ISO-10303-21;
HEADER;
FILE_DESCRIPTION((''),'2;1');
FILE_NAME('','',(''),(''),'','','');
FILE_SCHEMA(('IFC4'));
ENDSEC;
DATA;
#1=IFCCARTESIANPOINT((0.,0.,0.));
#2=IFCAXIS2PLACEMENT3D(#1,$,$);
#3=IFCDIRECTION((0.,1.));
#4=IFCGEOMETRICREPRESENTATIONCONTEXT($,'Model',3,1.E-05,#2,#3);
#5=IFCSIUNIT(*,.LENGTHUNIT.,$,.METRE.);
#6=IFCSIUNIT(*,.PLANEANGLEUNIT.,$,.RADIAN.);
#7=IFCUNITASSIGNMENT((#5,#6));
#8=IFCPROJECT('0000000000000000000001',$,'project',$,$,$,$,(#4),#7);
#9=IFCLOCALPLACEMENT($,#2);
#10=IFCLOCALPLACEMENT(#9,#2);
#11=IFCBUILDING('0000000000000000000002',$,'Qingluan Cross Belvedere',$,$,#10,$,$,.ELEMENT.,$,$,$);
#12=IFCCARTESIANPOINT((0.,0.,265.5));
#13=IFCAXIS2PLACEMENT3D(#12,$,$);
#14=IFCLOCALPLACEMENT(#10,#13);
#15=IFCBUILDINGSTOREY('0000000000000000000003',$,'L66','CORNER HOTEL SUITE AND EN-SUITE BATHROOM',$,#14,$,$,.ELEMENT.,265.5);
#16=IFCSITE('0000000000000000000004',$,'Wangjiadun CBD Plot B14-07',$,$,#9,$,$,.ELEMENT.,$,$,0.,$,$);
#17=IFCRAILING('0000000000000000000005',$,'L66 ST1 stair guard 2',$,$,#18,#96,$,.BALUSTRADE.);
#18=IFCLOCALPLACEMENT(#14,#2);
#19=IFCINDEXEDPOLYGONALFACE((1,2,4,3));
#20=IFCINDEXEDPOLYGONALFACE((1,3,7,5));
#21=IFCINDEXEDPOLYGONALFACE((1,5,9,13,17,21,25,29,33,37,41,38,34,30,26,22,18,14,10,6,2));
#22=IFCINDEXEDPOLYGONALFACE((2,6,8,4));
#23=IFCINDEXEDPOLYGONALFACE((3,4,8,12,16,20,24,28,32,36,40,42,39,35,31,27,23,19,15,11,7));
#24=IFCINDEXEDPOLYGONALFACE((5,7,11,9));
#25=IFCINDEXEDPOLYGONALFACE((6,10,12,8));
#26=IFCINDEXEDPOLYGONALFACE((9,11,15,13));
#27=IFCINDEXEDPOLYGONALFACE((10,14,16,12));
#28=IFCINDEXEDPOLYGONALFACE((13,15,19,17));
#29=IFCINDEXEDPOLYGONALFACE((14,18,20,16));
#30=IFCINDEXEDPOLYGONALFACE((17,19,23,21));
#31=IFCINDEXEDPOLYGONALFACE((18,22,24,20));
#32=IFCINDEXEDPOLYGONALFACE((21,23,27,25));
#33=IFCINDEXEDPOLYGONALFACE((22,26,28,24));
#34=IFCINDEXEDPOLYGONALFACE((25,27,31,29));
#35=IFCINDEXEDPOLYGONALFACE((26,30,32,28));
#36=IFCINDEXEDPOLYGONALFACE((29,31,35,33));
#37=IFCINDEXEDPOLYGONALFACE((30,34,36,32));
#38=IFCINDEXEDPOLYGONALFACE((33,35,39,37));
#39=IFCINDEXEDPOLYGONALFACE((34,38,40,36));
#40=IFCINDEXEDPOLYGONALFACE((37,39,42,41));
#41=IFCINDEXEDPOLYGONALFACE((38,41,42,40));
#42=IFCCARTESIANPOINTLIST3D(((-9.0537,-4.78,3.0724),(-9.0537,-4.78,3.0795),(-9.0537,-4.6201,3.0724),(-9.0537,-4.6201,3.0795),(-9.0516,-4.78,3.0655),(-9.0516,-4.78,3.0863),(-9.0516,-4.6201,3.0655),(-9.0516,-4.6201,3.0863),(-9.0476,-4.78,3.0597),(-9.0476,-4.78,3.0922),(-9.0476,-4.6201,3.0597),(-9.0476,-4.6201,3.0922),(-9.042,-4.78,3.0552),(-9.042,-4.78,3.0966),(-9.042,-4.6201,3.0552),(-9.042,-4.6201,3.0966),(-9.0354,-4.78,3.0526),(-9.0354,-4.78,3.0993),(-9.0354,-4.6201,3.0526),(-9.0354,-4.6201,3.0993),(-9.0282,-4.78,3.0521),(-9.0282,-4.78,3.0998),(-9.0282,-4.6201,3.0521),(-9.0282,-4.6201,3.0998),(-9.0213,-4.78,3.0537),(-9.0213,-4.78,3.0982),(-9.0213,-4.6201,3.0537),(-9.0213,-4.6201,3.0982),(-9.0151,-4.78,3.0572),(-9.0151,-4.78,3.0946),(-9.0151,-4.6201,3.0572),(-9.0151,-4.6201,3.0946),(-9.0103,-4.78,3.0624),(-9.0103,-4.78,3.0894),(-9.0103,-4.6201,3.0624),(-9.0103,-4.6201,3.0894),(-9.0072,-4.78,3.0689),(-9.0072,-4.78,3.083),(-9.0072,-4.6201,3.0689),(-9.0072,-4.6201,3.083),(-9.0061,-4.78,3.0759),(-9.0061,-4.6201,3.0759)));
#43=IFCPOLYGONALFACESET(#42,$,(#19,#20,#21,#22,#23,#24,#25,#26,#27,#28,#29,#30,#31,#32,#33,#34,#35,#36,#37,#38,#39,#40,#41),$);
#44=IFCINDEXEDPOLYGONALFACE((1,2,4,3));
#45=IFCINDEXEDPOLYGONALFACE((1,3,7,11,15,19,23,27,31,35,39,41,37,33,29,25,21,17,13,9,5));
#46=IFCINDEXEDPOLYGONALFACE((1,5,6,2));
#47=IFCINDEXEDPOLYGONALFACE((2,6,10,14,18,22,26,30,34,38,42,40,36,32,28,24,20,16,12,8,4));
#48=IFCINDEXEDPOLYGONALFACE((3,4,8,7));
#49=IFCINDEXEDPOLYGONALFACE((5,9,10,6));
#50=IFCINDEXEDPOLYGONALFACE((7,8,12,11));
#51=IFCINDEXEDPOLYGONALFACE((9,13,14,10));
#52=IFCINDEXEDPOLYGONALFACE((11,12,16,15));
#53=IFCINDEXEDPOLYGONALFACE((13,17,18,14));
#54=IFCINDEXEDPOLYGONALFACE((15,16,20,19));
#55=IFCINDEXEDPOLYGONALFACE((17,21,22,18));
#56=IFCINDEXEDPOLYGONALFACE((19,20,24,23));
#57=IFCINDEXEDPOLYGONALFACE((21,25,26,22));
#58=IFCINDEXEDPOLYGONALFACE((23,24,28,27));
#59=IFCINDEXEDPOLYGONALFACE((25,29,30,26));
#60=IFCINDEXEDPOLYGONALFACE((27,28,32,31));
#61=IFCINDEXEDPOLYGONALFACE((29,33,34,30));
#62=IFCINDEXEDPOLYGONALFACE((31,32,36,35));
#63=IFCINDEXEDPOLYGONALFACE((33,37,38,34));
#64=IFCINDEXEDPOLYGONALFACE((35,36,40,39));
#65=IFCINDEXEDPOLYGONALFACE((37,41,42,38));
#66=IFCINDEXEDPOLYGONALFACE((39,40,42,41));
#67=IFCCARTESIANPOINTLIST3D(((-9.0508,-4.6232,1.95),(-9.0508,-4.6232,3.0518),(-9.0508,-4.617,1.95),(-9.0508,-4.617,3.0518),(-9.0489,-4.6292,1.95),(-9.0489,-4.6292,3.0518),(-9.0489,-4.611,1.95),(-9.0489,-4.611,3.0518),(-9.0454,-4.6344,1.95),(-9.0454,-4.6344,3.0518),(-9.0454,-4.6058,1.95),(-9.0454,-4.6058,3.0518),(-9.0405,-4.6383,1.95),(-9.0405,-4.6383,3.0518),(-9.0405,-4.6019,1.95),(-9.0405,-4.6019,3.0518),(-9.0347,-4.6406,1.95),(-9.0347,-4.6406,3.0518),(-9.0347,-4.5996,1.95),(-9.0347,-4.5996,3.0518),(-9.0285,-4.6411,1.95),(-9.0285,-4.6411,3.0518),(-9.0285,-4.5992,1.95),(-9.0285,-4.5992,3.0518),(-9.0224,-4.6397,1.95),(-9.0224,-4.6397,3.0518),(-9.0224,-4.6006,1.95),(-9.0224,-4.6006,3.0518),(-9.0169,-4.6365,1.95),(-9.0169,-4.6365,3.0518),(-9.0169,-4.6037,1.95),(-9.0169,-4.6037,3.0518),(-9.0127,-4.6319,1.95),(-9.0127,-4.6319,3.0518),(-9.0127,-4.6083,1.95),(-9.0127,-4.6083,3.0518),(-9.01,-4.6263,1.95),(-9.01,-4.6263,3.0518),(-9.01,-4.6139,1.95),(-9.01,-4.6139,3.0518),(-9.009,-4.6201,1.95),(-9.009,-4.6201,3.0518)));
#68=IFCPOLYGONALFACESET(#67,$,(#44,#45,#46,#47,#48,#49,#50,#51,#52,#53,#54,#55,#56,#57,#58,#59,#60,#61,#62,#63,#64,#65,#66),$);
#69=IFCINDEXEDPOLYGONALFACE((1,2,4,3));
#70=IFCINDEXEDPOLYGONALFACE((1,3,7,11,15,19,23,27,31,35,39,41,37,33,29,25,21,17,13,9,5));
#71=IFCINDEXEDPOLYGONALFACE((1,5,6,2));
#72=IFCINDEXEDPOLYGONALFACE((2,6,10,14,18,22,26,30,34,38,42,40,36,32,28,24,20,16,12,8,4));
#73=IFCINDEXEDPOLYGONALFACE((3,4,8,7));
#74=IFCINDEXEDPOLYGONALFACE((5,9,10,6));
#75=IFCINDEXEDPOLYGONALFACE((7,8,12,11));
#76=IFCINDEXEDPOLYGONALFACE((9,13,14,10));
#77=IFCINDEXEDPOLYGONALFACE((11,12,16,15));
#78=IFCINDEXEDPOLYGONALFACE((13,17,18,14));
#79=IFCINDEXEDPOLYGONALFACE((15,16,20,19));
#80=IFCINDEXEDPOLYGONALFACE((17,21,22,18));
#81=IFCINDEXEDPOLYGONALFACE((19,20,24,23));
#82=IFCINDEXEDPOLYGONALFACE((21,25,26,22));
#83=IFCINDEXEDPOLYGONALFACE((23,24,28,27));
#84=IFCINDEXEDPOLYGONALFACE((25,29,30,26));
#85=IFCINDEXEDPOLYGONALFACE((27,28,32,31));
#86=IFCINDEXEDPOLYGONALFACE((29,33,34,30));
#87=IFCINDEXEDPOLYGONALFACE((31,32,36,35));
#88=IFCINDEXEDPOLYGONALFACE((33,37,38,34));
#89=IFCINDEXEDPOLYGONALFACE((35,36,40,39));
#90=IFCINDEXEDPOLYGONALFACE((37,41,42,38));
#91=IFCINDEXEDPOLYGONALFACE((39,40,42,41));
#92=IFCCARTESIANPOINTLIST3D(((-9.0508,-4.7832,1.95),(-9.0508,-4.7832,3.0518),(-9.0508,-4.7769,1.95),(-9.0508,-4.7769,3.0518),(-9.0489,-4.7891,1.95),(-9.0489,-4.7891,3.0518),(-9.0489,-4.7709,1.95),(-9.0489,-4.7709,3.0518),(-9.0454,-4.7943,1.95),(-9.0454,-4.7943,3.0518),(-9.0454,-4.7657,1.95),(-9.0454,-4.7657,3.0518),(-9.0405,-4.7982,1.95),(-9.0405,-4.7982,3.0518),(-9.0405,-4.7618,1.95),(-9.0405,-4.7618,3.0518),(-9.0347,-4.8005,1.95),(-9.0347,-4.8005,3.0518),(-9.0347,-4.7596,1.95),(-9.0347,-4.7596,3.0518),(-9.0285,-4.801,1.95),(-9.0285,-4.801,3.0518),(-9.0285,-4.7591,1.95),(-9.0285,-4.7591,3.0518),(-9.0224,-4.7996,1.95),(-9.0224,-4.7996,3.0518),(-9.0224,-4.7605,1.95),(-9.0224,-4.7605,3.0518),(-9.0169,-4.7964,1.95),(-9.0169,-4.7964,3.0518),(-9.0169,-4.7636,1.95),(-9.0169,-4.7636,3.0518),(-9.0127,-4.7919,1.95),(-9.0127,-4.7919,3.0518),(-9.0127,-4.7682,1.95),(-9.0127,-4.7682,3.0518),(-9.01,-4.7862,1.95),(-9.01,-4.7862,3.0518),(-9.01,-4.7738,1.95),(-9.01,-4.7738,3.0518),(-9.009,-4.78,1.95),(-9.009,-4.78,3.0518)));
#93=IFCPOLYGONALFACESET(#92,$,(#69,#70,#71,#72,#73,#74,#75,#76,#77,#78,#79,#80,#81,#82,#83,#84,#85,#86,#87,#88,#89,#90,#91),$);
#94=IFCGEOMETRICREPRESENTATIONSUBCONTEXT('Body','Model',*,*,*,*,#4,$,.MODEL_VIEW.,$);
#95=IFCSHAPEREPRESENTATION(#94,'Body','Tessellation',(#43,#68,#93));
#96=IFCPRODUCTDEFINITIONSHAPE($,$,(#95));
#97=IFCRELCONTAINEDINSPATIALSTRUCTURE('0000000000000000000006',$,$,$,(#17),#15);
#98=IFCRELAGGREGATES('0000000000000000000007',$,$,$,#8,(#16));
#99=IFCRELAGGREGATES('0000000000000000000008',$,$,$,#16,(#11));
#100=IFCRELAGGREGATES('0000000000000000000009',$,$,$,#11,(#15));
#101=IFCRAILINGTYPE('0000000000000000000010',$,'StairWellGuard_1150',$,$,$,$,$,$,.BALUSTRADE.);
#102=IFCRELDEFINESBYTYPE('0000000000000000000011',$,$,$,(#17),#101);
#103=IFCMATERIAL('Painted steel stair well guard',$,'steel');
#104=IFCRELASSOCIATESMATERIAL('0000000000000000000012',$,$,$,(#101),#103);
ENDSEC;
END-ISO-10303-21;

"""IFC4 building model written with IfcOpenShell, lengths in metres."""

from ifc_helpers import new_model, si_unit, direction, frame, origin, origin_2d, place, context, subcontext, project, spatial, circle, extrude, material, type_object, element, save


model = new_model("IFC4")

# Units and contexts
model_context = context("Model", 3, precision=1e-05, world=origin(), true_north=direction((0.0, 1.0)))
body_context = subcontext(model_context, "Body", "Model", "MODEL_VIEW")
ifc_project = project(units=[si_unit("LENGTHUNIT", "METRE"), si_unit("PLANEANGLEUNIT", "RADIAN")], contexts=[model_context])

# Site, building, storey
site_placement = place(None, origin())
site = spatial("IfcSite", under=ifc_project, at=site_placement, Name="Wangjiadun CBD Plot B14-07", CompositionType="ELEMENT", RefElevation=0.0)
building_placement = place(site_placement, origin())
building = spatial("IfcBuilding", under=site, at=building_placement, Name="Qingluan Cross Belvedere", CompositionType="ELEMENT")
storey_placement = place(building_placement, frame((0.0, 0.0, 265.5)))
storey = spatial("IfcBuildingStorey", under=building, at=storey_placement, Name="L66", Description="CORNER HOTEL SUITE AND EN-SUITE BATHROOM", CompositionType="ELEMENT", Elevation=265.5)

# Railing
ifc_material_1 = material(Name="Painted steel stair well guard", Category="steel")
railing_type_1 = type_object("IfcRailingType", Name="StairWellGuard_1150", PredefinedType="BALUSTRADE", material=ifc_material_1)
railing_1_placement = place(storey_placement, frame((-9.03, -4.6201, 1.95)))
element("IfcRailing", 1, at=railing_1_placement, inside=storey, type_object=railing_type_1, Name="L66 ST1 stair guard 2", PredefinedType="BALUSTRADE", context=body_context, shape_type="SweptSolid", body=[
    extrude(circle(Radius=0.0239, at=origin_2d()), frame((0.0, 0.0, 1.126), z_axis=(0.0, -1.0, 0.0), x_axis=(1.0, 0.0, 0.0)), (0.0, 0.0, 1.0), 0.1599),
    extrude(circle(Radius=0.021, at=origin_2d()), origin(), (0.0, 0.0, 1.0), 1.1018),
    extrude(circle(Radius=0.021, at=origin_2d()), frame((0.0, -0.1599, 0.0)), (0.0, 0.0, 1.0), 1.1018),
])

save(model, "model.ifc")
